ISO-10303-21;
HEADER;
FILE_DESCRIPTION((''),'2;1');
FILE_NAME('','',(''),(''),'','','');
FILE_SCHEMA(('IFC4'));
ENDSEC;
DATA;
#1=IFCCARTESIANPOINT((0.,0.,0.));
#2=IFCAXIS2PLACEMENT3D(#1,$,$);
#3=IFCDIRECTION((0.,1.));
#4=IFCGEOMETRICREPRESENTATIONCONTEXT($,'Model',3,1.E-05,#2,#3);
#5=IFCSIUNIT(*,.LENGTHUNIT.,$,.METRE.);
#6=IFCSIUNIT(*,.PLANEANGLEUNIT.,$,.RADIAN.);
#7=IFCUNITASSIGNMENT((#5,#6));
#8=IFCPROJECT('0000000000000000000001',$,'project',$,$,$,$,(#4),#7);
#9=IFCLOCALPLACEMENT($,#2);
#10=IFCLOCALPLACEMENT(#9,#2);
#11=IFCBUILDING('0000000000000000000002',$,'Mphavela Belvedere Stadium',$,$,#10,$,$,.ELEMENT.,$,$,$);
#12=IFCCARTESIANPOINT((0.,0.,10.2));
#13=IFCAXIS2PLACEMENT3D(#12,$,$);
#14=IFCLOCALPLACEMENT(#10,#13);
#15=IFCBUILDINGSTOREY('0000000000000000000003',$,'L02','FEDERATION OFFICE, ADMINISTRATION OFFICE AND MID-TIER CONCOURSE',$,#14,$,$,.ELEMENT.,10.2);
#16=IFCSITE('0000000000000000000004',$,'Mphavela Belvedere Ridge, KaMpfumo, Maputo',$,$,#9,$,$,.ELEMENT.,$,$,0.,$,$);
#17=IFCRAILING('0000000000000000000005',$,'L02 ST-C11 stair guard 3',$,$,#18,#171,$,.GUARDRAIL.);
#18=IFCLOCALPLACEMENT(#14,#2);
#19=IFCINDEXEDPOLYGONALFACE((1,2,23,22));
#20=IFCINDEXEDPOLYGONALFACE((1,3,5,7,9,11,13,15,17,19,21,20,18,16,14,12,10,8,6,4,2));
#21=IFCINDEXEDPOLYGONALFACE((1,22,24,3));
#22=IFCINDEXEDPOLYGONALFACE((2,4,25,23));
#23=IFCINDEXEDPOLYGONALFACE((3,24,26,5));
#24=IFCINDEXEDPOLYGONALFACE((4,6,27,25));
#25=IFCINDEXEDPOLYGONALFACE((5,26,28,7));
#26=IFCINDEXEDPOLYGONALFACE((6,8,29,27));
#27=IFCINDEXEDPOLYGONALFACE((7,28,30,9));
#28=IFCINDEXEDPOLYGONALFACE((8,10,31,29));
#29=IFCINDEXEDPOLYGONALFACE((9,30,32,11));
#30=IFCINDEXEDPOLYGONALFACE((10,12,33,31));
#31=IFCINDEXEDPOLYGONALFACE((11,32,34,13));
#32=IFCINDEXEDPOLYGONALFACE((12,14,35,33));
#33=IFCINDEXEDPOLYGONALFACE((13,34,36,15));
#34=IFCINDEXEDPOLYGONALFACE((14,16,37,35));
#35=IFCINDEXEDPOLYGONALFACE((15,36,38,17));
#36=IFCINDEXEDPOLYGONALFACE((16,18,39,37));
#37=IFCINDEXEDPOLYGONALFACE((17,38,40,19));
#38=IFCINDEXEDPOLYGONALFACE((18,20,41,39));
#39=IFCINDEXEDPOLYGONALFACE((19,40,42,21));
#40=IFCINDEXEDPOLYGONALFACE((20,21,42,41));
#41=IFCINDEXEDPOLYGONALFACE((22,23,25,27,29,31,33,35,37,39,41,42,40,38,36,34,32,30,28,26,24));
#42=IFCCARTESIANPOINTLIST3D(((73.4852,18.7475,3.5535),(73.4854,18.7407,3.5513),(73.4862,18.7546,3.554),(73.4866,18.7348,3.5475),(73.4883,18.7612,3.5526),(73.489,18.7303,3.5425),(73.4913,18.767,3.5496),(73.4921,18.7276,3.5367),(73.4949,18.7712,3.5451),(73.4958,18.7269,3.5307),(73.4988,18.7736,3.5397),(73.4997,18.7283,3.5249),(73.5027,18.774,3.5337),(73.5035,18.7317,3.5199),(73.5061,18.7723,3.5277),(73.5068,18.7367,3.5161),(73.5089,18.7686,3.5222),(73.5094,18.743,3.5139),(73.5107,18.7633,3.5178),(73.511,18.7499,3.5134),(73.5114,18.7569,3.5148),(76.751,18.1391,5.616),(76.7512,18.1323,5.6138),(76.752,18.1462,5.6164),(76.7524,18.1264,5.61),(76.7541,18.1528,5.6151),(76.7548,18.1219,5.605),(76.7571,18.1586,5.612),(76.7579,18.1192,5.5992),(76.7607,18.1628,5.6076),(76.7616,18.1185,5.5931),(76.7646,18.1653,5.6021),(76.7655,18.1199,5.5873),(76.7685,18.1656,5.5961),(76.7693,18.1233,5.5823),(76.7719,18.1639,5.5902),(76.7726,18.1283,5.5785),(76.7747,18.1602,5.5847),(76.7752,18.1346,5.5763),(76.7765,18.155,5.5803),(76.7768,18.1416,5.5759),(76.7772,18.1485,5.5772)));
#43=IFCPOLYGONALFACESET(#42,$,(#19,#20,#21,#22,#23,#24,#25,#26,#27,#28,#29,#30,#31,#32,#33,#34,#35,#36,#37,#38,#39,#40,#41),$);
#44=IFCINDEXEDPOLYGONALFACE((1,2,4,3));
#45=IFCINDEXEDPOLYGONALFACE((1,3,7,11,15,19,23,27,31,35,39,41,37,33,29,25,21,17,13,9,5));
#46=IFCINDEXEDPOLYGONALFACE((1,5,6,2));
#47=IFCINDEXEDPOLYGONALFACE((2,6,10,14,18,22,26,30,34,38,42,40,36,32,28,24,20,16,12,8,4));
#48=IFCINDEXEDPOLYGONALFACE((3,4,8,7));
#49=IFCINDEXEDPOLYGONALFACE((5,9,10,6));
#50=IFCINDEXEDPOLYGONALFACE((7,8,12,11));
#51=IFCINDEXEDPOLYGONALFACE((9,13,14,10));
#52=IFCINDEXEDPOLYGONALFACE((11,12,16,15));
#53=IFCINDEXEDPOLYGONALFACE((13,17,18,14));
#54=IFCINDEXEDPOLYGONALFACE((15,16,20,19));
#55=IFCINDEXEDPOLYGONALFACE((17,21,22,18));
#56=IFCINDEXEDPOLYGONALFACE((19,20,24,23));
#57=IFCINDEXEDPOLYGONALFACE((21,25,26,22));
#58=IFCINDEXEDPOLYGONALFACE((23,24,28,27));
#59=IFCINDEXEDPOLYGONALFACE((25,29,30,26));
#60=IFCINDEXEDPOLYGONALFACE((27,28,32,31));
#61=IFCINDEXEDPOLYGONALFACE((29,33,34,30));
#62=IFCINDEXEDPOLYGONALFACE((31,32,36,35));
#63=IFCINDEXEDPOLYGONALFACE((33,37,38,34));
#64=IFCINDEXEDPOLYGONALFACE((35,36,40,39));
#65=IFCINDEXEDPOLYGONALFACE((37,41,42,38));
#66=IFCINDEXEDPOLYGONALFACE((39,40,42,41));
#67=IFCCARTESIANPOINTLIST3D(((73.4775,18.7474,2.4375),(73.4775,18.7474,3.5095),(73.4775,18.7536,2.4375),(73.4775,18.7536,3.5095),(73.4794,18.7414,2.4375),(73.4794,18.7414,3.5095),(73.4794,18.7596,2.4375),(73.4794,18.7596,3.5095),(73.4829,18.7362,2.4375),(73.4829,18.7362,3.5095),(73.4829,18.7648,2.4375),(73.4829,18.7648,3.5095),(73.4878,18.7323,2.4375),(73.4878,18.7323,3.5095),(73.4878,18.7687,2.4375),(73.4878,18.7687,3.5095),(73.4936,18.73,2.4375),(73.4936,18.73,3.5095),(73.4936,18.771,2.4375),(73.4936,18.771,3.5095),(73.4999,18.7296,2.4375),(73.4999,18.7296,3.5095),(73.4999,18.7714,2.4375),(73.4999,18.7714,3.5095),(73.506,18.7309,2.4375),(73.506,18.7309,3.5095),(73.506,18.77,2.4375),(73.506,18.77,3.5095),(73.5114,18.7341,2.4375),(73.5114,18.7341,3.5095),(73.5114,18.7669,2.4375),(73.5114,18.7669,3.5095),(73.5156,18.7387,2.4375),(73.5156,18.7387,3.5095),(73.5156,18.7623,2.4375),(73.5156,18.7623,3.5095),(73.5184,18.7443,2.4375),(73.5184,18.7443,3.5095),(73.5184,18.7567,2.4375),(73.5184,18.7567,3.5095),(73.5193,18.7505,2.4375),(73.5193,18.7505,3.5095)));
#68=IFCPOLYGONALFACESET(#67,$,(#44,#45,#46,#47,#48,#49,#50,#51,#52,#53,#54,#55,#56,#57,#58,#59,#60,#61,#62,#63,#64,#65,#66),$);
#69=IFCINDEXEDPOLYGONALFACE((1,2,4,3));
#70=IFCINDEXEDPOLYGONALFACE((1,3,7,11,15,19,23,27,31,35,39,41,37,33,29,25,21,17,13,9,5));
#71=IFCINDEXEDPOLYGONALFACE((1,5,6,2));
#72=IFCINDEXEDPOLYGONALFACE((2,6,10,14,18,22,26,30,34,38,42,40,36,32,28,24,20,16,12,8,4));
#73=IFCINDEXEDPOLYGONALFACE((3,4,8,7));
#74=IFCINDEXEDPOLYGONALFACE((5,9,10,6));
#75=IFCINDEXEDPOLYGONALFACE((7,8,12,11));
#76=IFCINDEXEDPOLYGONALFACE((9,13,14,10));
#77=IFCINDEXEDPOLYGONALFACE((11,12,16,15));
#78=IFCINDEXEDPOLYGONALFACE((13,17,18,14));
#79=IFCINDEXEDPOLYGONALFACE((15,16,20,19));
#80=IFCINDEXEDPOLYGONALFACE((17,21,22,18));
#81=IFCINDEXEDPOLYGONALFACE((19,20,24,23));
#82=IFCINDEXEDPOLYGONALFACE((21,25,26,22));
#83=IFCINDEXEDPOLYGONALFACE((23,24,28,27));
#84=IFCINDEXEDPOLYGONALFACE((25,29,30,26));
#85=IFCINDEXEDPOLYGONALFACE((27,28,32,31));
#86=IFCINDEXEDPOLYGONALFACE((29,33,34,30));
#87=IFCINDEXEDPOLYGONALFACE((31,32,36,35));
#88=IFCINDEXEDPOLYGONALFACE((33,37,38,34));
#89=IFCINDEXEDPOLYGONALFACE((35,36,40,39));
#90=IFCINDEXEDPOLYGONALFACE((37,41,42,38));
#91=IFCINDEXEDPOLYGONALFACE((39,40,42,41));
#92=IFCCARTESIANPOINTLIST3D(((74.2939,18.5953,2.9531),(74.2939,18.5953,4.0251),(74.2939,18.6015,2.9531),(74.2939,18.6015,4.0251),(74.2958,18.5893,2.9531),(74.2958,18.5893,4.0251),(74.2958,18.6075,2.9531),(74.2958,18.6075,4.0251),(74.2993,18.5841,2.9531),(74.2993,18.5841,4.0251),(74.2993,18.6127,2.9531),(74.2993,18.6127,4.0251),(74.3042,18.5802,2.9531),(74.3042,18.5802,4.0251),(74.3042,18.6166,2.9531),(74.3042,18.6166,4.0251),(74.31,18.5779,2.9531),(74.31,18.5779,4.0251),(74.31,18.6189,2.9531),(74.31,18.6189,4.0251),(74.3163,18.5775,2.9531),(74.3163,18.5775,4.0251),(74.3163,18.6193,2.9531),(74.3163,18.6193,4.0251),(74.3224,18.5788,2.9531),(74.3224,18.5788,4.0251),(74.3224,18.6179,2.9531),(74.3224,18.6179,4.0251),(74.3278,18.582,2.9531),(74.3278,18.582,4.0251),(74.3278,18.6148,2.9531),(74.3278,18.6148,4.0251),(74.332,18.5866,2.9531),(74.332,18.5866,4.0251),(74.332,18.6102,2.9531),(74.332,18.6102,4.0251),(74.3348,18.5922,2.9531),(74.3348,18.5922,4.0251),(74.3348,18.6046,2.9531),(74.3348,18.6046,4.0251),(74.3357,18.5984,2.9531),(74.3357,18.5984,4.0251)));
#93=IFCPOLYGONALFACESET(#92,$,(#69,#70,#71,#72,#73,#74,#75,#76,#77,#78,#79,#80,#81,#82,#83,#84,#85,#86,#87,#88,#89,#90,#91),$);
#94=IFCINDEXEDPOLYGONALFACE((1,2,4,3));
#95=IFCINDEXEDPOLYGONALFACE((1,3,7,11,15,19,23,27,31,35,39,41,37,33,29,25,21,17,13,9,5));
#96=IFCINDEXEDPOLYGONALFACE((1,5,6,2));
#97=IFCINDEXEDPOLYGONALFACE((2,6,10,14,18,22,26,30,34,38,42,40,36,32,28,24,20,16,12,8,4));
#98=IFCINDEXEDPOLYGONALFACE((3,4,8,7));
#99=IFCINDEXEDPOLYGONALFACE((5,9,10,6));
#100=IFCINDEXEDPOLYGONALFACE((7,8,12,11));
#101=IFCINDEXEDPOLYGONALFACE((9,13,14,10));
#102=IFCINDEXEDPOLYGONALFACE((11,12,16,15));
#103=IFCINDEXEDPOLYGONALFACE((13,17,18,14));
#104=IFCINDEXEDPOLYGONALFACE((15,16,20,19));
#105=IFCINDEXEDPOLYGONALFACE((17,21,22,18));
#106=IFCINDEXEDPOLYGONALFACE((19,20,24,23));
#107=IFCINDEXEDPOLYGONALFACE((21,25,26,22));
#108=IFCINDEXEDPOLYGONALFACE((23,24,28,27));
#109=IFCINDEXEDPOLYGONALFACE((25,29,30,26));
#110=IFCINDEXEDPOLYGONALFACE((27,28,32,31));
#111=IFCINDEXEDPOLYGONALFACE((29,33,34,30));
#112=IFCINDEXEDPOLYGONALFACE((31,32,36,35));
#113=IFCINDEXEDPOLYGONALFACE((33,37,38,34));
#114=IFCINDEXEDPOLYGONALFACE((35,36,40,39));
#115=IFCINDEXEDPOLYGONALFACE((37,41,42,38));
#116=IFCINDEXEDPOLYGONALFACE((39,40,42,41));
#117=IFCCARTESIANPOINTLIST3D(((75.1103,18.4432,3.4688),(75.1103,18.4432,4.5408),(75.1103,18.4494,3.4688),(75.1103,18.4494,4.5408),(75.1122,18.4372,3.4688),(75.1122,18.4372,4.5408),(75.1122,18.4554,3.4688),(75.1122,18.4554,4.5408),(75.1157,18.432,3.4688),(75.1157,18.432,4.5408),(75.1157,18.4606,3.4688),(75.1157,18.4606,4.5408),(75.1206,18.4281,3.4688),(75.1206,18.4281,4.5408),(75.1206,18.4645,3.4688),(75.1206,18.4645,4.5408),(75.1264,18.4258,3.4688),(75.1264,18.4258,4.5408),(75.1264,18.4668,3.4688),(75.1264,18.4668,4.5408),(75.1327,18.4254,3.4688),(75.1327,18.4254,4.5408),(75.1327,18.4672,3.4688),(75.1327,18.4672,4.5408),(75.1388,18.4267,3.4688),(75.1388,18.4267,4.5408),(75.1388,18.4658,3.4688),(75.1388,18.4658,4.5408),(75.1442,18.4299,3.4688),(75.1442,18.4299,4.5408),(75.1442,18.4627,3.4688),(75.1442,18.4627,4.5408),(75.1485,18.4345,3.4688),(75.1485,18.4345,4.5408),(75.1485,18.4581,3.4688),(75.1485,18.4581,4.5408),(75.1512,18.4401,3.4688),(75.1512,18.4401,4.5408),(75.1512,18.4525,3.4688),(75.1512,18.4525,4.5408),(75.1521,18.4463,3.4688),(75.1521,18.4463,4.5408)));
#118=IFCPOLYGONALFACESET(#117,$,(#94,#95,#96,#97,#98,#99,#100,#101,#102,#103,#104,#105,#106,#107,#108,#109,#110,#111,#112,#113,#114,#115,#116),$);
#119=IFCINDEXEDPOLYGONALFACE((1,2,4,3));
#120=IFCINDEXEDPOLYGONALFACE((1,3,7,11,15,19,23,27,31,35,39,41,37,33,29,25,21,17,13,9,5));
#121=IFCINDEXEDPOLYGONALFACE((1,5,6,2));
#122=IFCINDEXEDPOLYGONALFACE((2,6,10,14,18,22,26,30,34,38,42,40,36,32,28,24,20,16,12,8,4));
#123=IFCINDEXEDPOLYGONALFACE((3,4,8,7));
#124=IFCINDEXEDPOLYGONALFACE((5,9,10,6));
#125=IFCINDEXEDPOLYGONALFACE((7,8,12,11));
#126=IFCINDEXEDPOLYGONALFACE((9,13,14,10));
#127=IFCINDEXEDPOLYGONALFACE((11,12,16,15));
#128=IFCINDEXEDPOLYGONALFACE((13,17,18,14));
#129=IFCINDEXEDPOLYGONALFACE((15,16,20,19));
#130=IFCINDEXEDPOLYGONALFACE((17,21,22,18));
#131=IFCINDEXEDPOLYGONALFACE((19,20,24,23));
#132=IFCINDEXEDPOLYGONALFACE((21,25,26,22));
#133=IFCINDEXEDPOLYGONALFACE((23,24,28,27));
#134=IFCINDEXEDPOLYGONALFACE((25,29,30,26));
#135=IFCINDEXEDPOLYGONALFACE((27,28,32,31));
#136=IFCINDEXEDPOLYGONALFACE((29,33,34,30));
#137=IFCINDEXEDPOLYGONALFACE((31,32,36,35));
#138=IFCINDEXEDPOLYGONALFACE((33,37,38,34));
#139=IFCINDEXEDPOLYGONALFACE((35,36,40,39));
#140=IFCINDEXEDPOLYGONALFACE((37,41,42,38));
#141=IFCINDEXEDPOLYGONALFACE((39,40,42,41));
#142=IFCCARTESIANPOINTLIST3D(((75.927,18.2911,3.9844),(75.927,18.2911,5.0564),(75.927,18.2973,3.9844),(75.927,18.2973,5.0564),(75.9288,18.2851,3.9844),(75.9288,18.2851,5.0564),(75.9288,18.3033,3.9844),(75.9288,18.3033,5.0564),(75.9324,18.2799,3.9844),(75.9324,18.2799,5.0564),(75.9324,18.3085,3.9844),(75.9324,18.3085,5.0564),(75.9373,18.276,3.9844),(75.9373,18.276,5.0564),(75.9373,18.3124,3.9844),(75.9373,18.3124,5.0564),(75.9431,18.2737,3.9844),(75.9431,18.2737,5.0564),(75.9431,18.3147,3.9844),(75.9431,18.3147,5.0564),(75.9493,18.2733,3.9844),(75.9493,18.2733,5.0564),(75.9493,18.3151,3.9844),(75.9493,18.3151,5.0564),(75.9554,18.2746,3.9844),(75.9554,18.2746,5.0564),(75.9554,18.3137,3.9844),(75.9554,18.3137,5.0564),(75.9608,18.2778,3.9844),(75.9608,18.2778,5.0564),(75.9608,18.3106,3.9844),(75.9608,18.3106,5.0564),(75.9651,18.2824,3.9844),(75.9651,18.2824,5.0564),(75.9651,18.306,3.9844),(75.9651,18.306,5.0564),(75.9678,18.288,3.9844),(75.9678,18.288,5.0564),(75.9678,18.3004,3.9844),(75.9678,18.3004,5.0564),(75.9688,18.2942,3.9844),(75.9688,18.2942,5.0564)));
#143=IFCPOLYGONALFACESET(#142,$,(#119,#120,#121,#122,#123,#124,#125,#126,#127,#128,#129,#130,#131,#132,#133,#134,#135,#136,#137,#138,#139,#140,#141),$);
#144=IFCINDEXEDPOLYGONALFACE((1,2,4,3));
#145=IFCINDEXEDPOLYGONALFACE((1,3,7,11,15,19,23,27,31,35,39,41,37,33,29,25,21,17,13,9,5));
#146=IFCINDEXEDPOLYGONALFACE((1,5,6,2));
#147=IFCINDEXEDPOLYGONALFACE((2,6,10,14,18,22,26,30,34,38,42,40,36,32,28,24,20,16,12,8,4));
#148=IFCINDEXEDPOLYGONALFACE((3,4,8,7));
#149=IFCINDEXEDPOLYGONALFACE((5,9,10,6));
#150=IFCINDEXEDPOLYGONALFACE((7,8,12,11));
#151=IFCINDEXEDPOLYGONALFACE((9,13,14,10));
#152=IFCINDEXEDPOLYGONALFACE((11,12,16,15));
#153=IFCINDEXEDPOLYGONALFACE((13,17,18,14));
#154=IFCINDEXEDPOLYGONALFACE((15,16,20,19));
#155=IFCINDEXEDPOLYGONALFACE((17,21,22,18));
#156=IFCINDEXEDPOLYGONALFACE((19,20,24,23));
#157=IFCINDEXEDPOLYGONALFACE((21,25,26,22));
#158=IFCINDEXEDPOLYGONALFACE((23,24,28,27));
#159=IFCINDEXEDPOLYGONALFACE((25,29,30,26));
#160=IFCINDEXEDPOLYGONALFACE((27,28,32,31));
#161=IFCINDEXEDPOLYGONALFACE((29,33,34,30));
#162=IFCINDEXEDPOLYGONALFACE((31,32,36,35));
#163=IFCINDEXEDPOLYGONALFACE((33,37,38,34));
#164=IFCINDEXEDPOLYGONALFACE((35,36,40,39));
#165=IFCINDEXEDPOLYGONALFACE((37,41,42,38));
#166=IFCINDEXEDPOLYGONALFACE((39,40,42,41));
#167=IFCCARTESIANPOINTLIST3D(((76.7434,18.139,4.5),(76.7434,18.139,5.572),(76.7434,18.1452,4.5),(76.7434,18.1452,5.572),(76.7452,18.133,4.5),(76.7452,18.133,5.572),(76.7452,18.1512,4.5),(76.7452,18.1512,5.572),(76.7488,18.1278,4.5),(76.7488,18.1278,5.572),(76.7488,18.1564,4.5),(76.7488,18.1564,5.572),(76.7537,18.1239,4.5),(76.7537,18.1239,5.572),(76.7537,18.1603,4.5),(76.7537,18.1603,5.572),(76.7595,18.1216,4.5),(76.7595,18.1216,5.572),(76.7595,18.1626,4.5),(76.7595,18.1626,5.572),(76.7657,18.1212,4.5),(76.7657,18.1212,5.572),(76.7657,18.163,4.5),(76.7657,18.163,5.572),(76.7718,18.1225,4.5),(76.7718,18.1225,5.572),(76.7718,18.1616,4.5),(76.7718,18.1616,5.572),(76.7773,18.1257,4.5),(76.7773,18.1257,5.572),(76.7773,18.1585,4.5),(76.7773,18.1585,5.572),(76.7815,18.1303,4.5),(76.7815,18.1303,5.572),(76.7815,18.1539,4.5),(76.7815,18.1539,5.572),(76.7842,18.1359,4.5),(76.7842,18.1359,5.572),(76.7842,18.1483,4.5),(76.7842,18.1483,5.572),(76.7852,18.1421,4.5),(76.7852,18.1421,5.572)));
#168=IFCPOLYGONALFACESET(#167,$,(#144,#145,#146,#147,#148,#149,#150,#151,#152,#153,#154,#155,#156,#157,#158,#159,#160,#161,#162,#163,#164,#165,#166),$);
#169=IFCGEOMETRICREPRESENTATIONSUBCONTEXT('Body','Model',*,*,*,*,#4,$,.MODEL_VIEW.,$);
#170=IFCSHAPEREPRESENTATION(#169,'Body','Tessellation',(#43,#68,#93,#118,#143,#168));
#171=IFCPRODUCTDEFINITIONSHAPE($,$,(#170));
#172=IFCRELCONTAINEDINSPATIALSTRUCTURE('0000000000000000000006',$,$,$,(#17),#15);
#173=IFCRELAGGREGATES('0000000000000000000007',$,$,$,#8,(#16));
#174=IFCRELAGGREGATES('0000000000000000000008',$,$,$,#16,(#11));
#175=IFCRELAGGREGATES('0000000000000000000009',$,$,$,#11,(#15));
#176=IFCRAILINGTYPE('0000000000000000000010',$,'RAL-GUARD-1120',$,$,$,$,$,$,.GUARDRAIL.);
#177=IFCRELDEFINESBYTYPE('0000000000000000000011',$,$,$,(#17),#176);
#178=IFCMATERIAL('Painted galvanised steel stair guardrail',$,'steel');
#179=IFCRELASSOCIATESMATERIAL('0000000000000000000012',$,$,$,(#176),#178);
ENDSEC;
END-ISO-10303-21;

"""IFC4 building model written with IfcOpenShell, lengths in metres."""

from ifc_helpers import new_model, si_unit, direction, frame, origin, origin_2d, place, context, subcontext, project, spatial, circle, extrude, material, type_object, element, save


model = new_model("IFC4")

# Units and contexts
model_context = context("Model", 3, precision=1e-05, world=origin(), true_north=direction((0.0, 1.0)))
body_context = subcontext(model_context, "Body", "Model", "MODEL_VIEW")
ifc_project = project(units=[si_unit("LENGTHUNIT", "METRE"), si_unit("PLANEANGLEUNIT", "RADIAN")], contexts=[model_context])

# Site, building, storey
site_placement = place(None, origin())
site = spatial("IfcSite", under=ifc_project, at=site_placement, Name="Mphavela Belvedere Ridge, KaMpfumo, Maputo", CompositionType="ELEMENT", RefElevation=0.0)
building_placement = place(site_placement, origin())
building = spatial("IfcBuilding", under=site, at=building_placement, Name="Mphavela Belvedere Stadium", CompositionType="ELEMENT")
storey_placement = place(building_placement, frame((0.0, 0.0, 10.2)))
storey = spatial("IfcBuildingStorey", under=building, at=storey_placement, Name="L02", Description="FEDERATION OFFICE, ADMINISTRATION OFFICE AND MID-TIER CONCOURSE", CompositionType="ELEMENT", Elevation=10.2)

# Railing
ifc_material_1 = material(Name="Painted galvanised steel stair guardrail", Category="steel")
railing_type_1 = type_object("IfcRailingType", Name="RAL-GUARD-1120", PredefinedType="GUARDRAIL", material=ifc_material_1)
railing_1_placement = place(storey_placement, frame((73.4983, 18.7505, 2.4375)))
element("IfcRailing", 1, at=railing_1_placement, inside=storey, type_object=railing_type_1, Name="L02 ST-C11 stair guard 3", PredefinedType="GUARDRAIL", context=body_context, shape_type="SweptSolid", body=[
    extrude(circle(Radius=0.0239, at=origin_2d()), frame((0.0, 0.0, 1.0962), z_axis=(0.83521, -0.155591, 0.527462), x_axis=(0.183139, 0.983087, 0.0)), (0.0, 0.0, 1.0), 3.9102),
    extrude(circle(Radius=0.021, at=origin_2d()), origin(), (0.0, 0.0, 1.0), 1.072),
    extrude(circle(Radius=0.021, at=origin_2d()), frame((0.8164, -0.1521, 0.5156)), (0.0, 0.0, 1.0), 1.072),
    extrude(circle(Radius=0.021, at=origin_2d()), frame((1.6328, -0.3042, 1.0312)), (0.0, 0.0, 1.0), 1.072),
    extrude(circle(Radius=0.021, at=origin_2d()), frame((2.4495, -0.4563, 1.5469)), (0.0, 0.0, 1.0), 1.072),
    extrude(circle(Radius=0.021, at=origin_2d()), frame((3.2659, -0.6084, 2.0625)), (0.0, 0.0, 1.0), 1.072),
])

save(model, "model.ifc")
